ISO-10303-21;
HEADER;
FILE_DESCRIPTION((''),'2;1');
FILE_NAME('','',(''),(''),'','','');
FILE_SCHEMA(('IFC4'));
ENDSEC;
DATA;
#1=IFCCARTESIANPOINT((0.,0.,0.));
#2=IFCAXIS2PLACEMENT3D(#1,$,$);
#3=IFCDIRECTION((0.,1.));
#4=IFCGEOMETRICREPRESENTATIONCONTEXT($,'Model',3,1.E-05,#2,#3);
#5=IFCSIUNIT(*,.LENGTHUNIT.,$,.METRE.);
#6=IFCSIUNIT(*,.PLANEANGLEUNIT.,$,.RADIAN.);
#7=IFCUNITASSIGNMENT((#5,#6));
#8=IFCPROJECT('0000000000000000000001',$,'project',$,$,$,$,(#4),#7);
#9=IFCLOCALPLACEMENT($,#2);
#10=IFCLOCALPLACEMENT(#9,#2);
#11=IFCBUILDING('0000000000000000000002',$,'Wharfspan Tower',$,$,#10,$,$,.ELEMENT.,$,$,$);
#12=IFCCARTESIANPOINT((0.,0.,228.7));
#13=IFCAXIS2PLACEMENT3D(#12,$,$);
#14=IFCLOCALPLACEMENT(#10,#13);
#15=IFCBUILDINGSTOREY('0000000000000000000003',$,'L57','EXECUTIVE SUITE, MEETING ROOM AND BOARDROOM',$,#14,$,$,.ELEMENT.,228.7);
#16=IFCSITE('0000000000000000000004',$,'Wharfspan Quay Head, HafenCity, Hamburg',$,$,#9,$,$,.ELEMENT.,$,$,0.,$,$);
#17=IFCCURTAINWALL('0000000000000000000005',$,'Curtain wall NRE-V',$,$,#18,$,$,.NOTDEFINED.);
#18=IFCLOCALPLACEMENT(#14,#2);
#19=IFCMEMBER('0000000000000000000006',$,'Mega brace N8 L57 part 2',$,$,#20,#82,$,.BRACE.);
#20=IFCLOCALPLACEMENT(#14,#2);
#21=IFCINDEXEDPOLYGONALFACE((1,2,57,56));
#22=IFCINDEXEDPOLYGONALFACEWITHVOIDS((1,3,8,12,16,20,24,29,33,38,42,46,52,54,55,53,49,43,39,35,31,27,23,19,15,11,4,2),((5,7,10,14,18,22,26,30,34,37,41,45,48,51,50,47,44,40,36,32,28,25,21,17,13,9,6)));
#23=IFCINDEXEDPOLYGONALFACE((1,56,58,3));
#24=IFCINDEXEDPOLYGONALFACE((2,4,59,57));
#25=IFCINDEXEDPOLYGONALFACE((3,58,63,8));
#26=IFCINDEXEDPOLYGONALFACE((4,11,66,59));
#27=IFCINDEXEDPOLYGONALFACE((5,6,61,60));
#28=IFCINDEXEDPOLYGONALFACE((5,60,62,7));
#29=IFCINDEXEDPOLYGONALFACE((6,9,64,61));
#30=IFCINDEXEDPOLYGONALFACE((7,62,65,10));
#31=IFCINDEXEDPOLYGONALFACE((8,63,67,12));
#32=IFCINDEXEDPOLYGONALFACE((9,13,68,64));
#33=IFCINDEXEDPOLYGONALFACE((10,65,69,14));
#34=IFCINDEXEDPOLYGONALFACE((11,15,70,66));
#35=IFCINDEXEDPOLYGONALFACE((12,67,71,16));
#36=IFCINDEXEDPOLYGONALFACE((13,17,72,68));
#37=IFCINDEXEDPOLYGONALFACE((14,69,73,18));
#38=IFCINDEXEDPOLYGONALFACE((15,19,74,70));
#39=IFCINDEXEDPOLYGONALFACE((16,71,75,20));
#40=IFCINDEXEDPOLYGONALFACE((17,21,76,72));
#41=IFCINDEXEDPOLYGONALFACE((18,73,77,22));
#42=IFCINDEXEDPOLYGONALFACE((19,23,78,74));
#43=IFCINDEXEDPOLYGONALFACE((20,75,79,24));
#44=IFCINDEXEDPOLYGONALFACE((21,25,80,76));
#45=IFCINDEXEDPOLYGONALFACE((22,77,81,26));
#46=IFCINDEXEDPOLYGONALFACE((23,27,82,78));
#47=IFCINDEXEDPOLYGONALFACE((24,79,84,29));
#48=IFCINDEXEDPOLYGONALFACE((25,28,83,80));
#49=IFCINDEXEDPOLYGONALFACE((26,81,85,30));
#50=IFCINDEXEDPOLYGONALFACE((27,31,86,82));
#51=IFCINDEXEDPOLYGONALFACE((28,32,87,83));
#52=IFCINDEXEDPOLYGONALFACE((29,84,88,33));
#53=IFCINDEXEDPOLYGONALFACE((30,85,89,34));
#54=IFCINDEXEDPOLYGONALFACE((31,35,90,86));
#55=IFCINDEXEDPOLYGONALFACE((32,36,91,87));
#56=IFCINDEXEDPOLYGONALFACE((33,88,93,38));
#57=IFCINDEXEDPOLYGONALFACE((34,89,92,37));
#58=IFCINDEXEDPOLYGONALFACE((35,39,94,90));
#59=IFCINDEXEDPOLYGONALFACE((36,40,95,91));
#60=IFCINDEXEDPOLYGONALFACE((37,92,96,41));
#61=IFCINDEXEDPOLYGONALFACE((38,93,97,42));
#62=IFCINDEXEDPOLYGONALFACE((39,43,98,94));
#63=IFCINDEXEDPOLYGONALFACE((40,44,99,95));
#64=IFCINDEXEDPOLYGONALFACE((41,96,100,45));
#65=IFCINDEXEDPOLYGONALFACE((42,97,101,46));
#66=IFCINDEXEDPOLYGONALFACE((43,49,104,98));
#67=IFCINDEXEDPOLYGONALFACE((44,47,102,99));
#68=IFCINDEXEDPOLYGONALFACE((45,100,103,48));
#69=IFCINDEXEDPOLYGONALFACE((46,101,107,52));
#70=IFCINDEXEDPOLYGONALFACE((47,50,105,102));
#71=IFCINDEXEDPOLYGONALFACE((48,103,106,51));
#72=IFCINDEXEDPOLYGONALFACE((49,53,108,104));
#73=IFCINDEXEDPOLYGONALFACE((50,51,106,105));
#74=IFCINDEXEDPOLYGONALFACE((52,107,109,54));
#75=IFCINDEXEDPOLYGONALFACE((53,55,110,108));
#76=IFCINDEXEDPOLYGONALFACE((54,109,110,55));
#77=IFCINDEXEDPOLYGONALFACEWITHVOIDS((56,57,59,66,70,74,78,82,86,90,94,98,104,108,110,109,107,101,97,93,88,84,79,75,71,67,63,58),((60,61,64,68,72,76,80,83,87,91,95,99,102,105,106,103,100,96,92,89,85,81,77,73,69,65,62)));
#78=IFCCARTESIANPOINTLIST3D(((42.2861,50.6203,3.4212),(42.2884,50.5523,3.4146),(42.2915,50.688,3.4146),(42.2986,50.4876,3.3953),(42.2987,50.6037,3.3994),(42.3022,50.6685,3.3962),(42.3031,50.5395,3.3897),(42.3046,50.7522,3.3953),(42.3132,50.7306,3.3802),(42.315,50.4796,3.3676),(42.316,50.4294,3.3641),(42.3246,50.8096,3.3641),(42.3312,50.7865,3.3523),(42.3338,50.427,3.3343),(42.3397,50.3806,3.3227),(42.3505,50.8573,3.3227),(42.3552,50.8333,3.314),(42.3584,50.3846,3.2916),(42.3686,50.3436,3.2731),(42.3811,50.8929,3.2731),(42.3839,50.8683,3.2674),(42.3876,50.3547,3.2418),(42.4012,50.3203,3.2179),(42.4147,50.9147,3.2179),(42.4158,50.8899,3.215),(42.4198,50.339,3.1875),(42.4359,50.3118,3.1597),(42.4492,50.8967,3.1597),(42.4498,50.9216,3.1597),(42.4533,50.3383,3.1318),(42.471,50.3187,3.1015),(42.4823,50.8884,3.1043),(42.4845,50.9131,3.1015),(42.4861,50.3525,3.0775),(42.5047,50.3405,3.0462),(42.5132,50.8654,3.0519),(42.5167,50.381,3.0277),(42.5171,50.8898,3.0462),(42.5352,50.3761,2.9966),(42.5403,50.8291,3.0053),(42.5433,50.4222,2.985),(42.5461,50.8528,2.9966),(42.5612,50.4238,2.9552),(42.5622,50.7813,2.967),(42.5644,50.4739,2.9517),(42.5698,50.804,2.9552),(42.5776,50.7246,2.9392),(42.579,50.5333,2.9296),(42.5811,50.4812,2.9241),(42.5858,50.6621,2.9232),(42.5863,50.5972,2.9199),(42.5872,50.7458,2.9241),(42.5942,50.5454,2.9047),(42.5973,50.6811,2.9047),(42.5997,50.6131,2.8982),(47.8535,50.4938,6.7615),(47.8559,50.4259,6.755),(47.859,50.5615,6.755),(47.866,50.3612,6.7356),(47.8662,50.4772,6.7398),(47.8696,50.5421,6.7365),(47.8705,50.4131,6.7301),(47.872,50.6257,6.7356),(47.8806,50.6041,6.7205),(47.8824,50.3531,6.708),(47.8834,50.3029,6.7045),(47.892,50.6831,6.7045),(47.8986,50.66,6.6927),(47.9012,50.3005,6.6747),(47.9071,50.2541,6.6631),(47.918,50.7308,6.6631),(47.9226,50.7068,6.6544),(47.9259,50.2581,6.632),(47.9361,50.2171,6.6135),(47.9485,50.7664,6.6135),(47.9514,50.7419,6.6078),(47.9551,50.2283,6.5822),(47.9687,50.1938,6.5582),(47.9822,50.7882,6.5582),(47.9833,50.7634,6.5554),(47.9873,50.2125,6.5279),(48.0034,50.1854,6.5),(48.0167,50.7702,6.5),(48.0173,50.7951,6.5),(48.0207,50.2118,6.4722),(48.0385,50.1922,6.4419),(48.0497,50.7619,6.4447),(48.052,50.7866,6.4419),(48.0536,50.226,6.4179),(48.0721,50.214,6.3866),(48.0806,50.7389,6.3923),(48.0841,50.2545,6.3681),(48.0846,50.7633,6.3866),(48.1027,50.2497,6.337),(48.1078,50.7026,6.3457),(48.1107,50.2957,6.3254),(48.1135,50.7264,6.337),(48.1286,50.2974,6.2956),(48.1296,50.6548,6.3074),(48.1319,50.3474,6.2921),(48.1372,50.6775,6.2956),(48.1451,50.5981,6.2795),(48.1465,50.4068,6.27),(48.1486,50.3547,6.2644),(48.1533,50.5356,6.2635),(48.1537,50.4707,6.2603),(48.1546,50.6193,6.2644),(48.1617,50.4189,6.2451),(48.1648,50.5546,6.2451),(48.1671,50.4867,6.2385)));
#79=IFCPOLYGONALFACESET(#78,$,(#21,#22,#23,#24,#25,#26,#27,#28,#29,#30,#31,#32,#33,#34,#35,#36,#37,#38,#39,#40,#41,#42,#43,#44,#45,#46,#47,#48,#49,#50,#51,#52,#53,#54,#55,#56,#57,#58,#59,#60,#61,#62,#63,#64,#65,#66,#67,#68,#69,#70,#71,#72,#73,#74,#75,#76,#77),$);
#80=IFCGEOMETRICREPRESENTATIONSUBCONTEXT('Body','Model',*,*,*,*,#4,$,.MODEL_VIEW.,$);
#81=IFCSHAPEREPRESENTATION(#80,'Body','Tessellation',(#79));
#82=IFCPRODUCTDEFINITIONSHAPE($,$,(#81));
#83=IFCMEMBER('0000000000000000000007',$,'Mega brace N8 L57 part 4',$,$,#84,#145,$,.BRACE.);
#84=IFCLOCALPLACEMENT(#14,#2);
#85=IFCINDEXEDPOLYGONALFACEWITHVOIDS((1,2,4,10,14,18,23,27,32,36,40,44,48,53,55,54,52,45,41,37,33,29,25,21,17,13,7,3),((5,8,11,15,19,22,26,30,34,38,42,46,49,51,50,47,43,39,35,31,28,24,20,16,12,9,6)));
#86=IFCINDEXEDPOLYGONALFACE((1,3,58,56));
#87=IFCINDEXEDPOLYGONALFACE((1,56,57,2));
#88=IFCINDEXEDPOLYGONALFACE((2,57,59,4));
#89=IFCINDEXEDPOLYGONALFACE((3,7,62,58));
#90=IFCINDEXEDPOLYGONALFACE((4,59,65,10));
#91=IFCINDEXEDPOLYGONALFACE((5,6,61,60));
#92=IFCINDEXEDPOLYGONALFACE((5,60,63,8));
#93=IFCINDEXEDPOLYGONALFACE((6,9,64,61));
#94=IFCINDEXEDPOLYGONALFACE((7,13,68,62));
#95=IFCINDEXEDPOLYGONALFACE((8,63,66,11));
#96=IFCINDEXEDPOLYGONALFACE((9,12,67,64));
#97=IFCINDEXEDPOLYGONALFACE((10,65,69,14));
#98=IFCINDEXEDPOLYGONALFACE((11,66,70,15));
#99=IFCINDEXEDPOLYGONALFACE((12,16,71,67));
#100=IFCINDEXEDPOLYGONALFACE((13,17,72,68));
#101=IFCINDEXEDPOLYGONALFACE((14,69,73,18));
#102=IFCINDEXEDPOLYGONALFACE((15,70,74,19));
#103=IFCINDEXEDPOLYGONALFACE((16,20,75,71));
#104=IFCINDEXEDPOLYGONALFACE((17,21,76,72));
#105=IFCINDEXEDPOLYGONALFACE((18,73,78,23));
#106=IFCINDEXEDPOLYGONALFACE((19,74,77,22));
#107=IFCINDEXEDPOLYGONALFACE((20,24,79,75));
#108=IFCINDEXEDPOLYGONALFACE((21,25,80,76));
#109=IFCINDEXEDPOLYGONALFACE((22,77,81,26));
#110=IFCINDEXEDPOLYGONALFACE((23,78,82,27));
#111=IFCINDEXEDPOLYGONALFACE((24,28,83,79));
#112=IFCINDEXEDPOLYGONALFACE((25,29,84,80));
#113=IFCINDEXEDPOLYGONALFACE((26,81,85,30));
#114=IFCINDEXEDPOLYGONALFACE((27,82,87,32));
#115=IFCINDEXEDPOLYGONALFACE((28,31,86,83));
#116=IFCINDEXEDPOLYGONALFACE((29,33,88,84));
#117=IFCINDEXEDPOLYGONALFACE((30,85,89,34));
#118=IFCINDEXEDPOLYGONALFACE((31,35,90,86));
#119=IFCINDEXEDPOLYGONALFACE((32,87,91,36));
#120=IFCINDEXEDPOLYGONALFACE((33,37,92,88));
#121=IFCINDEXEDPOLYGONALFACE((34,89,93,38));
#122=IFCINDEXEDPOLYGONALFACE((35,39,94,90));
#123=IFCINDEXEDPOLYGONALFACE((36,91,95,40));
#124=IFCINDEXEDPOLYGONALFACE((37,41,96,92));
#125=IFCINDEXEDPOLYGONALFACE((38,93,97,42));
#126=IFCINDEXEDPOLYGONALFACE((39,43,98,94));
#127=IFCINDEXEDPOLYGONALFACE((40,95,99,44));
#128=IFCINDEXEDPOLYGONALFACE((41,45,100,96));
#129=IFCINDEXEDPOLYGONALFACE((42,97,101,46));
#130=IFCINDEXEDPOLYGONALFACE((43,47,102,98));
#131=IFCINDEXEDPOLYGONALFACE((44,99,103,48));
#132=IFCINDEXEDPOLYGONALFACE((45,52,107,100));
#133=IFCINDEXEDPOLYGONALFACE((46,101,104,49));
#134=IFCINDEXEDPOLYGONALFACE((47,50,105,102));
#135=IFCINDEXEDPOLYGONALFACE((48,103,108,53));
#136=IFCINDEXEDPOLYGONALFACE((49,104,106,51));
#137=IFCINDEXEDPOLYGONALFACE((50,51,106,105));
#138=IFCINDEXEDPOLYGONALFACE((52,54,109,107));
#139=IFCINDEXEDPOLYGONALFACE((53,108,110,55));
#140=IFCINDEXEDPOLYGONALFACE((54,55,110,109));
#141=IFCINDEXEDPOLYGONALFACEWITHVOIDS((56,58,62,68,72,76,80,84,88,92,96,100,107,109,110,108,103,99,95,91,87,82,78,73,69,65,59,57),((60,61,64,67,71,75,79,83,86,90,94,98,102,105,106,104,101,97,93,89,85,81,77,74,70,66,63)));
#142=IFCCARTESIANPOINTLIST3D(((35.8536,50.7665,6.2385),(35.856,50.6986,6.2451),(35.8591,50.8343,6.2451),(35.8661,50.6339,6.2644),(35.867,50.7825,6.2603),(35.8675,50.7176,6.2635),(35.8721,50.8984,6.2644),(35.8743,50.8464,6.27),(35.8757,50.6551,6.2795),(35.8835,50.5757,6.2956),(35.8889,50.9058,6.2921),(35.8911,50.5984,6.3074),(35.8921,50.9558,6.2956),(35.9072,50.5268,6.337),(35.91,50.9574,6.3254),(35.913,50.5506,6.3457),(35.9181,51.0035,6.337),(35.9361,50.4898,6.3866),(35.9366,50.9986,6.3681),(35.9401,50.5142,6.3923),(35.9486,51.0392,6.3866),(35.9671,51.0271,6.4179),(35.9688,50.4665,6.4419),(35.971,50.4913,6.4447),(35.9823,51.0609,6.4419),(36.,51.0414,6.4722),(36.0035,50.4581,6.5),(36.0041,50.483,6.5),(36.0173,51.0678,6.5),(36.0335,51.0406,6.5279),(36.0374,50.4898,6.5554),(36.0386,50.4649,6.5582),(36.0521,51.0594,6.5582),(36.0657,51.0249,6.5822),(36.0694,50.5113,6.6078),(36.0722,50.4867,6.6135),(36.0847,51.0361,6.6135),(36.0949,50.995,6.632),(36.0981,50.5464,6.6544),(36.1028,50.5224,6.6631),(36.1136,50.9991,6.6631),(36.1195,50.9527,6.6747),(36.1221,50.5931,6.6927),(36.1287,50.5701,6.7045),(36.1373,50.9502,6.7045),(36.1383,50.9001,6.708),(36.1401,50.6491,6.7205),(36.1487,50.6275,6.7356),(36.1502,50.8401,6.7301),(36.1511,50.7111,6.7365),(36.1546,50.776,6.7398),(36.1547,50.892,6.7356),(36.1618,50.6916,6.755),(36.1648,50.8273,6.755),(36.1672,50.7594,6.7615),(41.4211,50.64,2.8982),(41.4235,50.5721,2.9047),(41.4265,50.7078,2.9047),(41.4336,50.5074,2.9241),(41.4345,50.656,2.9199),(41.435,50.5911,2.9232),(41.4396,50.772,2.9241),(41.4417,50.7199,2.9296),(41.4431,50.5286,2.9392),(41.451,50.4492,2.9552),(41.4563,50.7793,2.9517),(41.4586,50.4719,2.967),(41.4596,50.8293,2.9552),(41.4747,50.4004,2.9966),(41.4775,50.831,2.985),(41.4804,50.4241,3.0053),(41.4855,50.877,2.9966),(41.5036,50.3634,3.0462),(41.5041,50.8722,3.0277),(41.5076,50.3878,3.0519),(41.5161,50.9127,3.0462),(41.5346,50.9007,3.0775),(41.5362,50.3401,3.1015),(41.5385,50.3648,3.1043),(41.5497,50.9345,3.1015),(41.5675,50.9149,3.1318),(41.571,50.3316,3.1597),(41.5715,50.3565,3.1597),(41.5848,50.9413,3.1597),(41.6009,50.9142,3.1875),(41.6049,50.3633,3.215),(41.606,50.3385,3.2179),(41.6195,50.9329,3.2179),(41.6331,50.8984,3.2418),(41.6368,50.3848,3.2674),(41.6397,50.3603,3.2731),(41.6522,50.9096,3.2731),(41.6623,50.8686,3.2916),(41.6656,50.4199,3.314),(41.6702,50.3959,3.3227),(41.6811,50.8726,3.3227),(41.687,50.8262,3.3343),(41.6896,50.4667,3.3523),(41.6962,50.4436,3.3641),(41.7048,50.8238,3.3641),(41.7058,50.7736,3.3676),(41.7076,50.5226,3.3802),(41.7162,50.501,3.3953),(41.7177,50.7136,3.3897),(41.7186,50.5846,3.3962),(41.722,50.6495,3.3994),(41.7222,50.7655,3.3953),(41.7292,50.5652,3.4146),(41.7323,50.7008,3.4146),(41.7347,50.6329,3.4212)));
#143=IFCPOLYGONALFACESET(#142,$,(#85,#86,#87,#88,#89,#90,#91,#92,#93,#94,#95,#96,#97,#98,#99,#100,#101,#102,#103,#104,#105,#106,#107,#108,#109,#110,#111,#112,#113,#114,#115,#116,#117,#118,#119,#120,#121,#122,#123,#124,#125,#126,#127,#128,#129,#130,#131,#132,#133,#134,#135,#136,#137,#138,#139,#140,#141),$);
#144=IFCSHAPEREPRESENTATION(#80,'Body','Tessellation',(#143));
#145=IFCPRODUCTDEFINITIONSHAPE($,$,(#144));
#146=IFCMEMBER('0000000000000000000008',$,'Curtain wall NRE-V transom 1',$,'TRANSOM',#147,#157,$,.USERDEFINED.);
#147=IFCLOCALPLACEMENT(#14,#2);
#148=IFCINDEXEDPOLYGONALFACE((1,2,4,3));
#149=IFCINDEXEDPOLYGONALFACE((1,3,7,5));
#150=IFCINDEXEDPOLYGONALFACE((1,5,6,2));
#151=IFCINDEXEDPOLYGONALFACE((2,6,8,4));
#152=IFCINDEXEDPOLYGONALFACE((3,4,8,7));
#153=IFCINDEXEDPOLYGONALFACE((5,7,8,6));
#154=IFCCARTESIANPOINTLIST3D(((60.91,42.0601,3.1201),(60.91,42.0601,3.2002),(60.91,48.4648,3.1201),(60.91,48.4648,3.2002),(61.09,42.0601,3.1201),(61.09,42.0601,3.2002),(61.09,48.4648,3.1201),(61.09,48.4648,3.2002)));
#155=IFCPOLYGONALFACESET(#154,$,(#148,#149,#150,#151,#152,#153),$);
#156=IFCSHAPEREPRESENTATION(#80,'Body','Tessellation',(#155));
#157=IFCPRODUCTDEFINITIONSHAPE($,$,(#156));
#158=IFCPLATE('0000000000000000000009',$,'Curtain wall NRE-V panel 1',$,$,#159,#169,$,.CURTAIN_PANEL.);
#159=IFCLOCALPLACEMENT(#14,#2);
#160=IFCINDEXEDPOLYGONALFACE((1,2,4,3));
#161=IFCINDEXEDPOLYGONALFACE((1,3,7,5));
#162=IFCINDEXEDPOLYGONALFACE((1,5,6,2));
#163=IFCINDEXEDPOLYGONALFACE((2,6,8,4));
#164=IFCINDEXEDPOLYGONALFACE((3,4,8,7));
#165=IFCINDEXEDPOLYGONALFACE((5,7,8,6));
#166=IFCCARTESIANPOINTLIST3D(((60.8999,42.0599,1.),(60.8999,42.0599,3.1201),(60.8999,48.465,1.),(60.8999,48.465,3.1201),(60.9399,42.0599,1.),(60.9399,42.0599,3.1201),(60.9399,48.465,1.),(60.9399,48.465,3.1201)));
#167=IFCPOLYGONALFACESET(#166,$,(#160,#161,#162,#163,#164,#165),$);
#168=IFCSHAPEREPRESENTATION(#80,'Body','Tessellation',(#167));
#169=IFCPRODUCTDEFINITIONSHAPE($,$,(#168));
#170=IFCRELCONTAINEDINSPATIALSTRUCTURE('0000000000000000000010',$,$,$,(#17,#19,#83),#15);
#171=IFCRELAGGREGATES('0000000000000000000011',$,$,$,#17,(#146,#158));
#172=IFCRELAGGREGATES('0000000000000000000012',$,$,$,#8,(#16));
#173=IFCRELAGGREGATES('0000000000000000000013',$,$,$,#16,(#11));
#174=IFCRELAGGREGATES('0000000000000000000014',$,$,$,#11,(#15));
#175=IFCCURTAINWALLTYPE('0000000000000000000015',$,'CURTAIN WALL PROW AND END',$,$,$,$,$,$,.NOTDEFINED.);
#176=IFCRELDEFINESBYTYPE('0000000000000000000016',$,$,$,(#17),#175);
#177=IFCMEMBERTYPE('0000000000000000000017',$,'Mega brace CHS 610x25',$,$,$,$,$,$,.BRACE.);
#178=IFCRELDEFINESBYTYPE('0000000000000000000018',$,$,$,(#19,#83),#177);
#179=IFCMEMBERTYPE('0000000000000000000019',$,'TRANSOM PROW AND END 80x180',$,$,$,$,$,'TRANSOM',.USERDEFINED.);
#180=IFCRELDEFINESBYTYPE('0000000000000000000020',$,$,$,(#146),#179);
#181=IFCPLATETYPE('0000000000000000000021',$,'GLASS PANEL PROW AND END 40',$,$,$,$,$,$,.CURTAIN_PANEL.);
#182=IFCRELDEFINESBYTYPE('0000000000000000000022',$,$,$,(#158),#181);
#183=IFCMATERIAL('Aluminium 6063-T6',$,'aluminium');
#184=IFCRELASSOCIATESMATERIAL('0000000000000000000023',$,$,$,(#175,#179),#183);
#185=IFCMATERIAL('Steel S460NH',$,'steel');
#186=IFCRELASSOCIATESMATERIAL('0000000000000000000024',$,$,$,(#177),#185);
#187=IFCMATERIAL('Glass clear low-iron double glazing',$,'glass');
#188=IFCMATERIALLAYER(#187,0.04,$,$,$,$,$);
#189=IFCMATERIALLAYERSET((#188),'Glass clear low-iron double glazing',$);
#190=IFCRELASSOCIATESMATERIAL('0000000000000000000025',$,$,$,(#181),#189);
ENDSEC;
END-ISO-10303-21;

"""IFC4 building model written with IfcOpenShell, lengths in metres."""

from ifc_helpers import new_model, si_unit, direction, frame, origin, origin_2d, place, context, subcontext, project, spatial, rectangle, hollow_circle, extrude, material, layer, layer_set, material_profile, profile_set, type_object, element, aggregate, save


model = new_model("IFC4")

# Units and contexts
model_context = context("Model", 3, precision=1e-05, world=origin(), true_north=direction((0.0, 1.0)))
body_context = subcontext(model_context, "Body", "Model", "MODEL_VIEW")
ifc_project = project(units=[si_unit("LENGTHUNIT", "METRE"), si_unit("PLANEANGLEUNIT", "RADIAN")], contexts=[model_context])

# Site, building, storey
site_placement = place(None, origin())
site = spatial("IfcSite", under=ifc_project, at=site_placement, Name="Wharfspan Quay Head, HafenCity, Hamburg", CompositionType="ELEMENT", RefElevation=0.0)
building_placement = place(site_placement, origin())
building = spatial("IfcBuilding", under=site, at=building_placement, Name="Wharfspan Tower", CompositionType="ELEMENT")
storey_placement = place(building_placement, frame((0.0, 0.0, 228.7)))
storey = spatial("IfcBuildingStorey", under=building, at=storey_placement, Name="L57", Description="EXECUTIVE SUITE, MEETING ROOM AND BOARDROOM", CompositionType="ELEMENT", Elevation=228.7)

# Shared definitions
ifc_material_1 = material(Name="Aluminium 6063-T6", Category="aluminium")
curtain_wall_type = type_object("IfcCurtainWallType", Name="CURTAIN WALL PROW AND END", PredefinedType="NOTDEFINED", material=ifc_material_1)

# Curtain wall
curtain_wall_1_placement = place(storey_placement, origin())
curtain_wall_1 = element("IfcCurtainWall", 1, at=curtain_wall_1_placement, inside=storey, type_object=curtain_wall_type, Name="Curtain wall NRE-V", PredefinedType="NOTDEFINED")

# Members
ifc_material_2 = material(Name="Steel S460NH", Category="steel")
ifc_material_profile_1 = material_profile(ifc_material_2, hollow_circle(Radius=0.3049, WallThickness=0.0249, at=origin_2d()))
ifc_profile_set_1 = profile_set([ifc_material_profile_1], Name="Steel S460NH")
member_type_1 = type_object("IfcMemberType", Name="Mega brace CHS 610x25", PredefinedType="BRACE", material=ifc_profile_set_1)
for number, where, z_axis, x_axis, name in (
    (2, (42.4429, 50.6167, 3.1597), (0.857337, -0.019475, 0.514387), (0.022711, 0.999741, -0.000002), "Mega brace N8 L57 part 2"),
    (3, (41.5779, 50.6365, 3.1597), (-0.857337, 0.019475, 0.514387), (-0.022711, -0.999741, -0.000002), "Mega brace N8 L57 part 4"),
):
    element("IfcMember", number, at=place(storey_placement, frame(where, z_axis=z_axis, x_axis=x_axis)), inside=storey, type_object=member_type_1, Name=name, PredefinedType="BRACE", context=body_context, shape_type="SweptSolid", body=[
        extrude(hollow_circle(Radius=0.3049, WallThickness=0.0249, at=origin_2d()), origin(), (0.0, 0.0, 1.0), 6.4939),
    ])

# Member
ifc_material_profile_2 = material_profile(ifc_material_1, rectangle(XDim=0.1799, YDim=0.0801, at=origin_2d()))
ifc_profile_set_2 = profile_set([ifc_material_profile_2], Name="Aluminium 6063-T6")
member_type_2 = type_object("IfcMemberType", Name="TRANSOM PROW AND END 80x180", ElementType="TRANSOM", PredefinedType="USERDEFINED", material=ifc_profile_set_2)
member_1_placement = place(storey_placement, frame((61.0, 42.0601, 3.1602), z_axis=(0.0, 1.0, 0.0), x_axis=(-1.0, 0.0, 0.0)))
member_1 = element("IfcMember", 4, at=member_1_placement, type_object=member_type_2, Name="Curtain wall NRE-V transom 1", ObjectType="TRANSOM", PredefinedType="USERDEFINED", context=body_context, shape_type="SweptSolid", body=[
    extrude(rectangle(XDim=0.1799, YDim=0.0801, at=origin_2d()), origin(), (0.0, 0.0, 1.0), 6.4048),
])

# Plate
ifc_material_3 = material(Name="Glass clear low-iron double glazing", Category="glass")
ifc_layer_1 = layer(ifc_material_3, 0.04)
ifc_layer_set_1 = layer_set([ifc_layer_1], Name="Glass clear low-iron double glazing")
plate_type = type_object("IfcPlateType", Name="GLASS PANEL PROW AND END 40", PredefinedType="CURTAIN_PANEL", material=ifc_layer_set_1)
plate_placement = place(storey_placement, frame((60.9199, 45.2625, 1.0), z_axis=(0.0, 0.0, 1.0), x_axis=(0.0, 1.0, 0.0)))
plate = element("IfcPlate", 5, at=plate_placement, type_object=plate_type, Name="Curtain wall NRE-V panel 1", PredefinedType="CURTAIN_PANEL", context=body_context, shape_type="SweptSolid", body=[
    extrude(rectangle(XDim=6.405, YDim=0.04, at=origin_2d()), origin(), (0.0, 0.0, 1.0), 2.1201),
])
aggregate(curtain_wall_1, [member_1, plate])

save(model, "model.ifc")
